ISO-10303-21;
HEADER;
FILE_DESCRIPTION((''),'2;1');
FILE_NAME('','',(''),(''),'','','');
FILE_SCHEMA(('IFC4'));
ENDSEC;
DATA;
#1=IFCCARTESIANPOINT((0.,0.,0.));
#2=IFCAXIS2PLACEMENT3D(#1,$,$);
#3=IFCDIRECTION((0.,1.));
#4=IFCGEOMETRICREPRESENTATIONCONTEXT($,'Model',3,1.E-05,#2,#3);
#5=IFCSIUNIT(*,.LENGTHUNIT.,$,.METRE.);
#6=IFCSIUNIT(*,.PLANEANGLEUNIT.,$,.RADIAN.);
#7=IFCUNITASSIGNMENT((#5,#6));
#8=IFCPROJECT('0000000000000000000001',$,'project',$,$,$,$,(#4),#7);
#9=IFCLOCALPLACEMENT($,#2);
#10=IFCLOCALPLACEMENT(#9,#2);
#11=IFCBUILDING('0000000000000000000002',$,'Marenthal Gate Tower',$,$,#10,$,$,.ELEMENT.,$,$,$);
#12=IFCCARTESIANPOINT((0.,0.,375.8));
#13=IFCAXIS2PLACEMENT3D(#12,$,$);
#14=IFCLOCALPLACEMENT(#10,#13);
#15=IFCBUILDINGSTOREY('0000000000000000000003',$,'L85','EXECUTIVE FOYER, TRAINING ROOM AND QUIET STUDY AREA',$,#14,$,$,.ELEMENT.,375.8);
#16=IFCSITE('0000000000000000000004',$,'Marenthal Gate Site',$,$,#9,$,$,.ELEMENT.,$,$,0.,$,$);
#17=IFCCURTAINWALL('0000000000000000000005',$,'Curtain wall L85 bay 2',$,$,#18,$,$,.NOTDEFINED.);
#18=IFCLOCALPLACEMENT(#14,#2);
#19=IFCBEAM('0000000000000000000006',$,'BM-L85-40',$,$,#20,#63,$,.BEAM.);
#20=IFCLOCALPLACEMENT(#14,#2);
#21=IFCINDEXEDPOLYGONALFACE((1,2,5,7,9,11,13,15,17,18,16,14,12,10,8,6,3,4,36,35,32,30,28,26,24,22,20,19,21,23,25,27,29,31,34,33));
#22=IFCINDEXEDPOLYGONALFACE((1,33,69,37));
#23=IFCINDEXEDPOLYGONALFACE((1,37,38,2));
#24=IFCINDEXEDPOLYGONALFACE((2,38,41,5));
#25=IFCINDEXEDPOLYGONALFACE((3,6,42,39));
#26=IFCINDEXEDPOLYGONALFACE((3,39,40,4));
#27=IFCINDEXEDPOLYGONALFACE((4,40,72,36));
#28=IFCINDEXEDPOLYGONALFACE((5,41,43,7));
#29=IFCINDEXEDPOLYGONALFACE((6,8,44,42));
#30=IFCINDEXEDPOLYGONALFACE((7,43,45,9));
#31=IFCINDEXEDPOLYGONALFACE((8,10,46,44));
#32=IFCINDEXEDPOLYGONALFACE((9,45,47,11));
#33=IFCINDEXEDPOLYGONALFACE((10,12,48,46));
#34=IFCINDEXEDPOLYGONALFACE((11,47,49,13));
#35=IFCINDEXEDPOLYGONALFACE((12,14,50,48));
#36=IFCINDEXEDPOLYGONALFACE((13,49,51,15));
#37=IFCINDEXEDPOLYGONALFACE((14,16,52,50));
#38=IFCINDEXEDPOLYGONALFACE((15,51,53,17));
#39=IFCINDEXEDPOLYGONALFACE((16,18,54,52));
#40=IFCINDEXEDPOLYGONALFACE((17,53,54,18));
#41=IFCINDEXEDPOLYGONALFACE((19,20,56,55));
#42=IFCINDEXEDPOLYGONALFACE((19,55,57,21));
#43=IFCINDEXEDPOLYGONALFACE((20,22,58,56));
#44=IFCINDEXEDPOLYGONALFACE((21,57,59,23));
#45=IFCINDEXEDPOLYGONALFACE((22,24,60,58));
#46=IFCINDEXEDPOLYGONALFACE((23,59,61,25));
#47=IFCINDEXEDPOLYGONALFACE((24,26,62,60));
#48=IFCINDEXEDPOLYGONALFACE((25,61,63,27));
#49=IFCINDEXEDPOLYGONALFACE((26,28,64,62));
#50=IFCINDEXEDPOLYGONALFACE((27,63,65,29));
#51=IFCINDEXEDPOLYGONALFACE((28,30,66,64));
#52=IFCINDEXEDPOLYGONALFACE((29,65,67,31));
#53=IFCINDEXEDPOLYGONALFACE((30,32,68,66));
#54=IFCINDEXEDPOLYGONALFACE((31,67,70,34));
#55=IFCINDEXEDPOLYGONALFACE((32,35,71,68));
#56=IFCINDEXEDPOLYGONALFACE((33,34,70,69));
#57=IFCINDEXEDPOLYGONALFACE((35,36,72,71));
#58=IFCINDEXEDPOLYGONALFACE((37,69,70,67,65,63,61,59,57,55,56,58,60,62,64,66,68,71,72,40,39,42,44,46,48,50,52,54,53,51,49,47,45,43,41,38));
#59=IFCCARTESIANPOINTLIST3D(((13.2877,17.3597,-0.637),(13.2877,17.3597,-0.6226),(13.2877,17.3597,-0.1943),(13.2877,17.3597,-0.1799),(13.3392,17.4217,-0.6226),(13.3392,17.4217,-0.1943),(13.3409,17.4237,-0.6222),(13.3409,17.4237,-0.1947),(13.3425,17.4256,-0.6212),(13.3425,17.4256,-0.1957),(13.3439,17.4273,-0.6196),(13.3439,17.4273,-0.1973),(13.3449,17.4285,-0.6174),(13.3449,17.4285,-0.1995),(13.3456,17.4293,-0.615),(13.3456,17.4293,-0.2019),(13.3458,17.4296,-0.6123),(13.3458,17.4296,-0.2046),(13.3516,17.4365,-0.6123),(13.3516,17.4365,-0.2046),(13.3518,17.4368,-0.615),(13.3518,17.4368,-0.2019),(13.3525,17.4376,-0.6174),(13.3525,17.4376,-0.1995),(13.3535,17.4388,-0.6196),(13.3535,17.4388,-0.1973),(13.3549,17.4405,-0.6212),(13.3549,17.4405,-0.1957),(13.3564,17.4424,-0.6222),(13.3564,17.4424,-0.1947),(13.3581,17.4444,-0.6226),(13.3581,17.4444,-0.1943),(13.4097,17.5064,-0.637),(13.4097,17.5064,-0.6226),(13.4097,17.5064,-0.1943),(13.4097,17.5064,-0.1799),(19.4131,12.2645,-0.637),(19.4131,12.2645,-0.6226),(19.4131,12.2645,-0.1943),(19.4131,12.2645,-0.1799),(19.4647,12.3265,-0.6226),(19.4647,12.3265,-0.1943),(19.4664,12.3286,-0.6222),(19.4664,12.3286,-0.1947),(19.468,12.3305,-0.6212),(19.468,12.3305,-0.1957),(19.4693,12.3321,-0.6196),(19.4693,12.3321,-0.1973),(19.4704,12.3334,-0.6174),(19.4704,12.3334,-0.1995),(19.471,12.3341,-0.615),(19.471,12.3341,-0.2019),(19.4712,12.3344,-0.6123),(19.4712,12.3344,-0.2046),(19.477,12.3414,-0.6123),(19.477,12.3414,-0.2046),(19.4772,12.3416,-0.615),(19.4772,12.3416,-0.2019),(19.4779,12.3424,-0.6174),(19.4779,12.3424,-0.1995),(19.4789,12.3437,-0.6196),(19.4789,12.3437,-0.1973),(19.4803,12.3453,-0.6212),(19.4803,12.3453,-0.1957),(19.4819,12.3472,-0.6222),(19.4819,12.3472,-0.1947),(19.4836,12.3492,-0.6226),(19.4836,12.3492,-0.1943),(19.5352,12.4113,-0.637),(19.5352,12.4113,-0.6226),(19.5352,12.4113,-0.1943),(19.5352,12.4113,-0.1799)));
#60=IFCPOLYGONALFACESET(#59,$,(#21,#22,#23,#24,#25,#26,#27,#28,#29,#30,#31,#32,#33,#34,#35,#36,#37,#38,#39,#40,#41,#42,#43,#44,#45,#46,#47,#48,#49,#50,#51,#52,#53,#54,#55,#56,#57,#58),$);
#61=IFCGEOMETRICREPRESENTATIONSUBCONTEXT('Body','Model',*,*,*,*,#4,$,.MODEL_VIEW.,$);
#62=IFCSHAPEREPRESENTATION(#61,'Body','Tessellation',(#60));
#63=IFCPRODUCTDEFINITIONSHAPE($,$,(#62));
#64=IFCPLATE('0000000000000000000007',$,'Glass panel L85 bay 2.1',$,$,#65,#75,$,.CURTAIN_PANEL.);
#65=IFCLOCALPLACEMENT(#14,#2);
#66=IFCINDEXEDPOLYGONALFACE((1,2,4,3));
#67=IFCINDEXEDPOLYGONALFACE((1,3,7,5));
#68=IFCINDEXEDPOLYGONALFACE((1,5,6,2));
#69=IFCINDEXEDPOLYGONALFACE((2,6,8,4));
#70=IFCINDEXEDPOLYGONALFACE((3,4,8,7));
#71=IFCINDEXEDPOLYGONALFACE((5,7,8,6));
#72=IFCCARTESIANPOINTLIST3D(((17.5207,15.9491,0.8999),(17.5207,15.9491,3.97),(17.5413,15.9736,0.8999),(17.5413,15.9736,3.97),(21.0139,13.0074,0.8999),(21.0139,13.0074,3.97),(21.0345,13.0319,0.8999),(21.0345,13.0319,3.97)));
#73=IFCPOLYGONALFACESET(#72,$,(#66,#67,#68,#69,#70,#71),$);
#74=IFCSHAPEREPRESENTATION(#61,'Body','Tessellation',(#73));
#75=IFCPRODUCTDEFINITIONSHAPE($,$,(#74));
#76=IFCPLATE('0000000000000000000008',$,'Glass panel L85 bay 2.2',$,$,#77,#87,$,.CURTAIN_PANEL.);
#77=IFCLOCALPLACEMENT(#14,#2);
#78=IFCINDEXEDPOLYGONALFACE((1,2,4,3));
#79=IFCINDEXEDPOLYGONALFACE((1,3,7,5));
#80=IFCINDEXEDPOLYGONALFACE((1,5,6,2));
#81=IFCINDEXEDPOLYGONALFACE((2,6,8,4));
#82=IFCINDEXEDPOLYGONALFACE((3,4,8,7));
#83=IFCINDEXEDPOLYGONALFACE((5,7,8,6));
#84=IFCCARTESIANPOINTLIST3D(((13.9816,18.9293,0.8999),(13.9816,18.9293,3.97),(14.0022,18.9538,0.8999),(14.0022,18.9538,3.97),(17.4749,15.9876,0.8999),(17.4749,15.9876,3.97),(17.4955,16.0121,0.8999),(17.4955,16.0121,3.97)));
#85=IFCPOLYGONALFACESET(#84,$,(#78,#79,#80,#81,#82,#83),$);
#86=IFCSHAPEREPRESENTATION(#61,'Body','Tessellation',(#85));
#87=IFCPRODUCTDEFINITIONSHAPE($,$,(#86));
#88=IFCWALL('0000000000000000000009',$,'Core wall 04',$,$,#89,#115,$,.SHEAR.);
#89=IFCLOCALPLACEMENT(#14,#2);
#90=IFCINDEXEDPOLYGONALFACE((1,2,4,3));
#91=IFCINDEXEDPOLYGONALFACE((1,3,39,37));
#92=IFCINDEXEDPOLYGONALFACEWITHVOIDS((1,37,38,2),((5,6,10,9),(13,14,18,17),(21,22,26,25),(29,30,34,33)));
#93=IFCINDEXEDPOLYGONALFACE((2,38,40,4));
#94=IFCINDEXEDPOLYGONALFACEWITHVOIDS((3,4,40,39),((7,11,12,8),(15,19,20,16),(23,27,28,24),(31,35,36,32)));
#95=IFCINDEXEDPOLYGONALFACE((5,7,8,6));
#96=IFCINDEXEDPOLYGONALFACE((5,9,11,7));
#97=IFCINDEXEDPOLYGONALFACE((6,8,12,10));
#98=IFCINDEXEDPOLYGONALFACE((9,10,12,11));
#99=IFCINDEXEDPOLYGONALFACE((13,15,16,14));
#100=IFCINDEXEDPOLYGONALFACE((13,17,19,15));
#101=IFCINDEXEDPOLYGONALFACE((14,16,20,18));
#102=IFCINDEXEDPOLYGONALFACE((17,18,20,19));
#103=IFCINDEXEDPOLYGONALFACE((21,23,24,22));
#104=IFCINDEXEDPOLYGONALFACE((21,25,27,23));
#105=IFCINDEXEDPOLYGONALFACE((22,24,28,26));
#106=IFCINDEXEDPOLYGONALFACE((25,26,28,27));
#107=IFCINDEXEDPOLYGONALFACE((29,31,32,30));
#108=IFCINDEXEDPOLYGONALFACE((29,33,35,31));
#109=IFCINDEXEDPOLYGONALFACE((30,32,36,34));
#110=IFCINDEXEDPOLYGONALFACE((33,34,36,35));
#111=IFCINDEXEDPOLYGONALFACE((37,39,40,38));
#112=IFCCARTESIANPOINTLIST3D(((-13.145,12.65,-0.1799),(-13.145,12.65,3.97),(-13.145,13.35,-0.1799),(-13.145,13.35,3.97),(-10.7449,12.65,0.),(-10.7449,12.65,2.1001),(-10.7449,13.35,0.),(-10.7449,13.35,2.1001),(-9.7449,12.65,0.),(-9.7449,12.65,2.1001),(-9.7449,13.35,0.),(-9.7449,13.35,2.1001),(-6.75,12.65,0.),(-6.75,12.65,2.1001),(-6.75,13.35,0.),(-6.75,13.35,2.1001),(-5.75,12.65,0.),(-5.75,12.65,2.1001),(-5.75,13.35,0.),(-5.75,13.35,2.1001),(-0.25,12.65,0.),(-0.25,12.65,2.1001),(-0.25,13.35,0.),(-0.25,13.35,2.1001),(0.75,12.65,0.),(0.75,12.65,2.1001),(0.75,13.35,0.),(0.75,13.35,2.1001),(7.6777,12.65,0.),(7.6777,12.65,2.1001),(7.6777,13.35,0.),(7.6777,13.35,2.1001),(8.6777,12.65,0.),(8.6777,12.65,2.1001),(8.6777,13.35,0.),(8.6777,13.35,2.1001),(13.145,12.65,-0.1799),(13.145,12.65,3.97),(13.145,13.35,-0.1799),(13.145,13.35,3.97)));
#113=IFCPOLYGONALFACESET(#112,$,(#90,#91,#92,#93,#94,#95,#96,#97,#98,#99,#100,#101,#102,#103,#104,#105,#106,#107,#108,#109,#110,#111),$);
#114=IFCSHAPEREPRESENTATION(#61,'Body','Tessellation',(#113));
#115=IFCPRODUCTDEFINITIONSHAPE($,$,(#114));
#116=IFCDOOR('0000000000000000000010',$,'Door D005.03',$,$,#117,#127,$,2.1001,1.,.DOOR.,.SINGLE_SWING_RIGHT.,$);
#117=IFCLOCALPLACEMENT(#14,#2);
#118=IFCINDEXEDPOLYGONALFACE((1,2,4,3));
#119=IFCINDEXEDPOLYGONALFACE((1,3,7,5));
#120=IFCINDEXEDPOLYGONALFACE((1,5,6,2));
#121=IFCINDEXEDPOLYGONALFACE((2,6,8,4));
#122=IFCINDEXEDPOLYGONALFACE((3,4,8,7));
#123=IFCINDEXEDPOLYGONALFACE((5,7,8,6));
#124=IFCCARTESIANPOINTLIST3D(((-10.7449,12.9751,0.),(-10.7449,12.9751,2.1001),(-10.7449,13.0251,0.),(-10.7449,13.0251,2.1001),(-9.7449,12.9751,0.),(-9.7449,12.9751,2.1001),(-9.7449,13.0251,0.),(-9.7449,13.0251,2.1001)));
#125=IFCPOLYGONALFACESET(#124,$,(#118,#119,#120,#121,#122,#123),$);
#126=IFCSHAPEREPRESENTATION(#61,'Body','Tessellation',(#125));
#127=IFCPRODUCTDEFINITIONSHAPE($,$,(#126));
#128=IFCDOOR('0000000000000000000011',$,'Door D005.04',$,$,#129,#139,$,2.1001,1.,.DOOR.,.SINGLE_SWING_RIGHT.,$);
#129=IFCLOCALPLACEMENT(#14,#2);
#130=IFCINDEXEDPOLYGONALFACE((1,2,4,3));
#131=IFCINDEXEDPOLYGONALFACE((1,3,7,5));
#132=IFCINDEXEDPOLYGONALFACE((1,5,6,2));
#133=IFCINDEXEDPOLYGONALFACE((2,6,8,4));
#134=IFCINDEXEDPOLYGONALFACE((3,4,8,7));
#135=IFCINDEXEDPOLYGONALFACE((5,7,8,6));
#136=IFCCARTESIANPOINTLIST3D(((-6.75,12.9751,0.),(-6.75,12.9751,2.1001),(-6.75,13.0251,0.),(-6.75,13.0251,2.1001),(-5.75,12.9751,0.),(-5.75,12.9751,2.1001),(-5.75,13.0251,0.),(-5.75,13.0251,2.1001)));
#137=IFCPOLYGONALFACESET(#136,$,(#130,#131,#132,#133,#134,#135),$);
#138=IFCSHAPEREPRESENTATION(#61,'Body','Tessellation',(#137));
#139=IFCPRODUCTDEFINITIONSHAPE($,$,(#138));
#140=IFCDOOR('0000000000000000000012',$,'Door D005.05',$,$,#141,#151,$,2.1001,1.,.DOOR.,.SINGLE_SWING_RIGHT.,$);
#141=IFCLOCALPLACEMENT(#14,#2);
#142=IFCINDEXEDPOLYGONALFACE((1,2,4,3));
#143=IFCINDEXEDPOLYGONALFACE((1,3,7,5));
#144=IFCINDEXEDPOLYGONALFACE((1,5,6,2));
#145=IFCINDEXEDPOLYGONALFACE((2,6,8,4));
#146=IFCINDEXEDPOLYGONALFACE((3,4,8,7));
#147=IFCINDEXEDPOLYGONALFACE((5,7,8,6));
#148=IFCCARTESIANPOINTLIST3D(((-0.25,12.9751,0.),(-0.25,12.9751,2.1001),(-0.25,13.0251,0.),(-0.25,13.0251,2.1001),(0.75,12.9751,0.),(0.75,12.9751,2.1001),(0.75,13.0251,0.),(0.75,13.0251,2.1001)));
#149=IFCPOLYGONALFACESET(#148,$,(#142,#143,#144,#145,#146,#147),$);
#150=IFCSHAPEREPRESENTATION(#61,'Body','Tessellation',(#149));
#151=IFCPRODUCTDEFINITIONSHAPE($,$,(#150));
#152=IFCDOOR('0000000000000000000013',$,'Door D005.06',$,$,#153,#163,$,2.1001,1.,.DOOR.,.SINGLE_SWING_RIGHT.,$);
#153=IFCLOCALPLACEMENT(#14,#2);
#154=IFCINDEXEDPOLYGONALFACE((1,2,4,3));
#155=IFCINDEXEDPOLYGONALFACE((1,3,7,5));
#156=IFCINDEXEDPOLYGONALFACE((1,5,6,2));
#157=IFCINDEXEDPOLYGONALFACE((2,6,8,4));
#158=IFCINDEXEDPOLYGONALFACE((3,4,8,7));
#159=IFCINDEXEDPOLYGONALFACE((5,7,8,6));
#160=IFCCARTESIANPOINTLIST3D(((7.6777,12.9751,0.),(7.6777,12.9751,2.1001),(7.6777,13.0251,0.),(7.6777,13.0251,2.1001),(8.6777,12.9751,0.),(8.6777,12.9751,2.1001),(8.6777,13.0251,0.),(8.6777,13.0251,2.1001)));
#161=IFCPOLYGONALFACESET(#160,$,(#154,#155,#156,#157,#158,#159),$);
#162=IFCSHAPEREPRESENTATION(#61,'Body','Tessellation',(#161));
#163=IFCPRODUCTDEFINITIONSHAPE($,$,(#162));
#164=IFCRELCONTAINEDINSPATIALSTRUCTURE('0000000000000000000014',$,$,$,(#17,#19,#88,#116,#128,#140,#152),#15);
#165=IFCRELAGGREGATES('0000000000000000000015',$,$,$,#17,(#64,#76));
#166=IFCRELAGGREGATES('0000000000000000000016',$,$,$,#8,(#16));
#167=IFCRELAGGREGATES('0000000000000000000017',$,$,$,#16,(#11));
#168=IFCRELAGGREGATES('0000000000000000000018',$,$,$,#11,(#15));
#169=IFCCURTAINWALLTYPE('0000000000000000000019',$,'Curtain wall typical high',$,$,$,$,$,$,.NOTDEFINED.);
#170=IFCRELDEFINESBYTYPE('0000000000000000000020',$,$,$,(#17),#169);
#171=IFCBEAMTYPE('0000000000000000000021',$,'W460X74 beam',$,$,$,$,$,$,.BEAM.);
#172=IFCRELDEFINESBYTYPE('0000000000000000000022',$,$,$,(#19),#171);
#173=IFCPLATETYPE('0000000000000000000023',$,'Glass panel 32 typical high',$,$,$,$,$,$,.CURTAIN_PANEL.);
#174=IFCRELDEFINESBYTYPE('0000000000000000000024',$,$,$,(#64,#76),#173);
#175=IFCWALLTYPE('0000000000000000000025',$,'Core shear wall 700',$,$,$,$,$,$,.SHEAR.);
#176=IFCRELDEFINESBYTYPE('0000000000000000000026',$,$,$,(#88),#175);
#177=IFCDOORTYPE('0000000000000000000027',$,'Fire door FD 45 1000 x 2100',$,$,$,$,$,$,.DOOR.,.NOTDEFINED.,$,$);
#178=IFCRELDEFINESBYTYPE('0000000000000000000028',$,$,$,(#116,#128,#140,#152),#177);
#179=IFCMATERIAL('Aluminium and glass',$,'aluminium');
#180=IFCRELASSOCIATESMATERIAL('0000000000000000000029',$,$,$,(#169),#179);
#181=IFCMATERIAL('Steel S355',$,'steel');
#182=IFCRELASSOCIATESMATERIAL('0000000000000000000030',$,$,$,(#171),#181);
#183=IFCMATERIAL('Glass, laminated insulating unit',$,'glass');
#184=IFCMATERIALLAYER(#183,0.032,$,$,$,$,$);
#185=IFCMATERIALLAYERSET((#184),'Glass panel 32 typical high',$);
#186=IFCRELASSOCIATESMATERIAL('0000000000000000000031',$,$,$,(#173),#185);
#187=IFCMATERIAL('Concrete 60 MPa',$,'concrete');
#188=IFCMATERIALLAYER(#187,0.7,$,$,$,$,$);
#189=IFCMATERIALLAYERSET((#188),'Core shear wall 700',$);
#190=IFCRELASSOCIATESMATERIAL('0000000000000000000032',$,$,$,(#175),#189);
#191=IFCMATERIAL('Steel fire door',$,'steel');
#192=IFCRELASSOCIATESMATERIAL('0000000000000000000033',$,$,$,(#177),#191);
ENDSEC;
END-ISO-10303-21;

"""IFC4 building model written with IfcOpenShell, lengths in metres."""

from ifc_helpers import new_model, si_unit, direction, frame, frame_2d, origin, origin_2d, place, context, subcontext, project, spatial, rectangle, i_section, extrude, material, layer, layer_set, material_profile, profile_set, type_object, element, fill, aggregate, save


model = new_model("IFC4")

# Units and contexts
model_context = context("Model", 3, precision=1e-05, world=origin(), true_north=direction((0.0, 1.0)))
body_context = subcontext(model_context, "Body", "Model", "MODEL_VIEW")
ifc_project = project(units=[si_unit("LENGTHUNIT", "METRE"), si_unit("PLANEANGLEUNIT", "RADIAN")], contexts=[model_context])

# Site, building, storey
site_placement = place(None, origin())
site = spatial("IfcSite", under=ifc_project, at=site_placement, Name="Marenthal Gate Site", CompositionType="ELEMENT", RefElevation=0.0)
building_placement = place(site_placement, origin())
building = spatial("IfcBuilding", under=site, at=building_placement, Name="Marenthal Gate Tower", CompositionType="ELEMENT")
storey_placement = place(building_placement, frame((0.0, 0.0, 375.8)))
storey = spatial("IfcBuildingStorey", under=building, at=storey_placement, Name="L85", Description="EXECUTIVE FOYER, TRAINING ROOM AND QUIET STUDY AREA", CompositionType="ELEMENT", Elevation=375.8)

# Curtain wall
ifc_material_1 = material(Name="Aluminium and glass", Category="aluminium")
curtain_wall_type = type_object("IfcCurtainWallType", Name="Curtain wall typical high", PredefinedType="NOTDEFINED", material=ifc_material_1)
curtain_wall_placement = place(storey_placement, origin())
curtain_wall = element("IfcCurtainWall", 1, at=curtain_wall_placement, inside=storey, type_object=curtain_wall_type, Name="Curtain wall L85 bay 2", PredefinedType="NOTDEFINED")

# Beam
ifc_material_2 = material(Name="Steel S355", Category="steel")
ifc_material_profile_1 = material_profile(ifc_material_2, i_section(OverallWidth=0.1909, OverallDepth=0.457, WebThickness=0.009, FlangeThickness=0.0144, FilletRadius=0.0103, at=origin_2d()), Name="W460X74")
ifc_profile_set_1 = profile_set([ifc_material_profile_1], Name="Steel S355")
beam_type_1 = type_object("IfcBeamType", Name="W460X74 beam", PredefinedType="BEAM", material=ifc_profile_set_1)
beam_1_placement = place(storey_placement, frame((19.4741, 12.3379, -0.4084), z_axis=(-0.768799, 0.639491, 0.0), x_axis=(-0.639491, -0.768799, 0.0)))
element("IfcBeam", 2, at=beam_1_placement, inside=storey, type_object=beam_type_1, Name="BM-L85-40", PredefinedType="BEAM", context=body_context, shape_type="SweptSolid", body=[
    extrude(i_section(OverallWidth=0.1909, OverallDepth=0.457, WebThickness=0.009, FlangeThickness=0.0144, FilletRadius=0.0103, at=origin_2d()), origin(), (0.0, 0.0, 1.0), 7.9675),
])

# Plates
ifc_material_3 = material(Name="Glass, laminated insulating unit", Category="glass")
ifc_layer_1 = layer(ifc_material_3, 0.032)
ifc_layer_set_1 = layer_set([ifc_layer_1], Name="Glass panel 32 typical high")
plate_type = type_object("IfcPlateType", Name="Glass panel 32 typical high", PredefinedType="CURTAIN_PANEL", material=ifc_layer_set_1)
plate_1_placement = place(storey_placement, frame((19.2776, 14.4905, 0.8999), z_axis=(0.0, 0.0, 1.0), x_axis=(-0.764912, 0.644135, 0.0)))
plate_1 = element("IfcPlate", 3, at=plate_1_placement, type_object=plate_type, Name="Glass panel L85 bay 2.1", PredefinedType="CURTAIN_PANEL", context=body_context, shape_type="SweptSolid", body=[
    extrude(rectangle(XDim=4.5669, YDim=0.032, at=origin_2d()), origin(), (0.0, 0.0, 1.0), 3.0701),
])
plate_2_placement = place(storey_placement, frame((15.7385, 17.4707, 0.8999), z_axis=(0.0, 0.0, 1.0), x_axis=(-0.764912, 0.644135, 0.0)))
plate_2 = element("IfcPlate", 4, at=plate_2_placement, type_object=plate_type, Name="Glass panel L85 bay 2.2", PredefinedType="CURTAIN_PANEL", context=body_context, shape_type="SweptSolid", body=[
    extrude(rectangle(XDim=4.5669, YDim=0.032, at=origin_2d()), origin(), (0.0, 0.0, 1.0), 3.0701),
])
aggregate(curtain_wall, [plate_1, plate_2])

# Wall, openings, doors
ifc_material_4 = material(Name="Concrete 60 MPa", Category="concrete")
ifc_layer_2 = layer(ifc_material_4, 0.7)
ifc_layer_set_2 = layer_set([ifc_layer_2], Name="Core shear wall 700")
wall_type_1 = type_object("IfcWallType", Name="Core shear wall 700", PredefinedType="SHEAR", material=ifc_layer_set_2)
wall_1_placement = place(storey_placement, frame((13.145, 13.0, -0.1799), z_axis=(0.0, 0.0, 1.0), x_axis=(-1.0, 0.0, 0.0)))
wall_1 = element("IfcWall", 5, at=wall_1_placement, inside=storey, type_object=wall_type_1, Name="Core wall 04", PredefinedType="SHEAR", context=body_context, shape_type="SweptSolid", body=[
    extrude(rectangle(XDim=26.29, YDim=0.7, at=frame_2d((13.145, 0.0))), origin(), (0.0, 0.0, 1.0), 4.1499),
])
opening_1_placement = place(wall_1_placement, frame((22.8899, 0.0, 0.1799)))
opening_1 = element("IfcOpeningElement", 6, at=opening_1_placement, cuts=wall_1, PredefinedType="OPENING", context=body_context, shape_type="SweptSolid", body=[
    extrude(rectangle(XDim=1.0, YDim=2.1001, at=frame_2d((0.5, 1.05))), frame((0.0, 0.3599, 0.0), z_axis=(0.0, -1.0, 0.0), x_axis=(1.0, 0.0, 0.0)), (0.0, 0.0, 1.0), 0.72),
])
opening_2_placement = place(wall_1_placement, frame((18.895, 0.0, 0.1799)))
opening_2 = element("IfcOpeningElement", 7, at=opening_2_placement, cuts=wall_1, PredefinedType="OPENING", context=body_context, shape_type="SweptSolid", body=[
    extrude(rectangle(XDim=1.0, YDim=2.1001, at=frame_2d((0.5, 1.05))), frame((0.0, 0.3599, 0.0), z_axis=(0.0, -1.0, 0.0), x_axis=(1.0, 0.0, 0.0)), (0.0, 0.0, 1.0), 0.72),
])
opening_3_placement = place(wall_1_placement, frame((12.395, 0.0, 0.1799)))
opening_3 = element("IfcOpeningElement", 8, at=opening_3_placement, cuts=wall_1, PredefinedType="OPENING", context=body_context, shape_type="SweptSolid", body=[
    extrude(rectangle(XDim=1.0, YDim=2.1001, at=frame_2d((0.5, 1.05))), frame((0.0, 0.3599, 0.0), z_axis=(0.0, -1.0, 0.0), x_axis=(1.0, 0.0, 0.0)), (0.0, 0.0, 1.0), 0.72),
])
opening_4_placement = place(wall_1_placement, frame((4.4673, 0.0, 0.1799)))
opening_4 = element("IfcOpeningElement", 9, at=opening_4_placement, cuts=wall_1, PredefinedType="OPENING", context=body_context, shape_type="SweptSolid", body=[
    extrude(rectangle(XDim=1.0, YDim=2.1001, at=frame_2d((0.5, 1.05))), frame((0.0, 0.3599, 0.0), z_axis=(0.0, -1.0, 0.0), x_axis=(1.0, 0.0, 0.0)), (0.0, 0.0, 1.0), 0.72),
])
ifc_material_5 = material(Name="Steel fire door", Category="steel")
door_type_1 = type_object("IfcDoorType", Name="Fire door FD 45 1000 x 2100", OperationType="NOTDEFINED", PredefinedType="DOOR", material=ifc_material_5)
door_1_placement = place(opening_1_placement, origin())
door_1 = element("IfcDoor", 10, at=door_1_placement, inside=storey, type_object=door_type_1, Name="Door D005.03", OperationType="SINGLE_SWING_RIGHT", OverallHeight=2.1001, OverallWidth=1.0, PredefinedType="DOOR", context=body_context, shape_type="SweptSolid", body=[
    extrude(rectangle(XDim=1.0, YDim=2.1001, at=frame_2d((0.5, 1.05))), frame((0.0, 0.0249, 0.0), z_axis=(0.0, -1.0, 0.0), x_axis=(1.0, 0.0, 0.0)), (0.0, 0.0, 1.0), 0.05),
])
fill(opening_1, door_1)
door_2_placement = place(opening_2_placement, origin())
door_2 = element("IfcDoor", 11, at=door_2_placement, inside=storey, type_object=door_type_1, Name="Door D005.04", OperationType="SINGLE_SWING_RIGHT", OverallHeight=2.1001, OverallWidth=1.0, PredefinedType="DOOR", context=body_context, shape_type="SweptSolid", body=[
    extrude(rectangle(XDim=1.0, YDim=2.1001, at=frame_2d((0.5, 1.05))), frame((0.0, 0.0249, 0.0), z_axis=(0.0, -1.0, 0.0), x_axis=(1.0, 0.0, 0.0)), (0.0, 0.0, 1.0), 0.05),
])
fill(opening_2, door_2)
door_3_placement = place(opening_3_placement, origin())
door_3 = element("IfcDoor", 12, at=door_3_placement, inside=storey, type_object=door_type_1, Name="Door D005.05", OperationType="SINGLE_SWING_RIGHT", OverallHeight=2.1001, OverallWidth=1.0, PredefinedType="DOOR", context=body_context, shape_type="SweptSolid", body=[
    extrude(rectangle(XDim=1.0, YDim=2.1001, at=frame_2d((0.5, 1.05))), frame((0.0, 0.0249, 0.0), z_axis=(0.0, -1.0, 0.0), x_axis=(1.0, 0.0, 0.0)), (0.0, 0.0, 1.0), 0.05),
])
fill(opening_3, door_3)
door_4_placement = place(opening_4_placement, origin())
door_4 = element("IfcDoor", 13, at=door_4_placement, inside=storey, type_object=door_type_1, Name="Door D005.06", OperationType="SINGLE_SWING_RIGHT", OverallHeight=2.1001, OverallWidth=1.0, PredefinedType="DOOR", context=body_context, shape_type="SweptSolid", body=[
    extrude(rectangle(XDim=1.0, YDim=2.1001, at=frame_2d((0.5, 1.05))), frame((0.0, 0.0249, 0.0), z_axis=(0.0, -1.0, 0.0), x_axis=(1.0, 0.0, 0.0)), (0.0, 0.0, 1.0), 0.05),
])
fill(opening_4, door_4)

save(model, "model.ifc")
